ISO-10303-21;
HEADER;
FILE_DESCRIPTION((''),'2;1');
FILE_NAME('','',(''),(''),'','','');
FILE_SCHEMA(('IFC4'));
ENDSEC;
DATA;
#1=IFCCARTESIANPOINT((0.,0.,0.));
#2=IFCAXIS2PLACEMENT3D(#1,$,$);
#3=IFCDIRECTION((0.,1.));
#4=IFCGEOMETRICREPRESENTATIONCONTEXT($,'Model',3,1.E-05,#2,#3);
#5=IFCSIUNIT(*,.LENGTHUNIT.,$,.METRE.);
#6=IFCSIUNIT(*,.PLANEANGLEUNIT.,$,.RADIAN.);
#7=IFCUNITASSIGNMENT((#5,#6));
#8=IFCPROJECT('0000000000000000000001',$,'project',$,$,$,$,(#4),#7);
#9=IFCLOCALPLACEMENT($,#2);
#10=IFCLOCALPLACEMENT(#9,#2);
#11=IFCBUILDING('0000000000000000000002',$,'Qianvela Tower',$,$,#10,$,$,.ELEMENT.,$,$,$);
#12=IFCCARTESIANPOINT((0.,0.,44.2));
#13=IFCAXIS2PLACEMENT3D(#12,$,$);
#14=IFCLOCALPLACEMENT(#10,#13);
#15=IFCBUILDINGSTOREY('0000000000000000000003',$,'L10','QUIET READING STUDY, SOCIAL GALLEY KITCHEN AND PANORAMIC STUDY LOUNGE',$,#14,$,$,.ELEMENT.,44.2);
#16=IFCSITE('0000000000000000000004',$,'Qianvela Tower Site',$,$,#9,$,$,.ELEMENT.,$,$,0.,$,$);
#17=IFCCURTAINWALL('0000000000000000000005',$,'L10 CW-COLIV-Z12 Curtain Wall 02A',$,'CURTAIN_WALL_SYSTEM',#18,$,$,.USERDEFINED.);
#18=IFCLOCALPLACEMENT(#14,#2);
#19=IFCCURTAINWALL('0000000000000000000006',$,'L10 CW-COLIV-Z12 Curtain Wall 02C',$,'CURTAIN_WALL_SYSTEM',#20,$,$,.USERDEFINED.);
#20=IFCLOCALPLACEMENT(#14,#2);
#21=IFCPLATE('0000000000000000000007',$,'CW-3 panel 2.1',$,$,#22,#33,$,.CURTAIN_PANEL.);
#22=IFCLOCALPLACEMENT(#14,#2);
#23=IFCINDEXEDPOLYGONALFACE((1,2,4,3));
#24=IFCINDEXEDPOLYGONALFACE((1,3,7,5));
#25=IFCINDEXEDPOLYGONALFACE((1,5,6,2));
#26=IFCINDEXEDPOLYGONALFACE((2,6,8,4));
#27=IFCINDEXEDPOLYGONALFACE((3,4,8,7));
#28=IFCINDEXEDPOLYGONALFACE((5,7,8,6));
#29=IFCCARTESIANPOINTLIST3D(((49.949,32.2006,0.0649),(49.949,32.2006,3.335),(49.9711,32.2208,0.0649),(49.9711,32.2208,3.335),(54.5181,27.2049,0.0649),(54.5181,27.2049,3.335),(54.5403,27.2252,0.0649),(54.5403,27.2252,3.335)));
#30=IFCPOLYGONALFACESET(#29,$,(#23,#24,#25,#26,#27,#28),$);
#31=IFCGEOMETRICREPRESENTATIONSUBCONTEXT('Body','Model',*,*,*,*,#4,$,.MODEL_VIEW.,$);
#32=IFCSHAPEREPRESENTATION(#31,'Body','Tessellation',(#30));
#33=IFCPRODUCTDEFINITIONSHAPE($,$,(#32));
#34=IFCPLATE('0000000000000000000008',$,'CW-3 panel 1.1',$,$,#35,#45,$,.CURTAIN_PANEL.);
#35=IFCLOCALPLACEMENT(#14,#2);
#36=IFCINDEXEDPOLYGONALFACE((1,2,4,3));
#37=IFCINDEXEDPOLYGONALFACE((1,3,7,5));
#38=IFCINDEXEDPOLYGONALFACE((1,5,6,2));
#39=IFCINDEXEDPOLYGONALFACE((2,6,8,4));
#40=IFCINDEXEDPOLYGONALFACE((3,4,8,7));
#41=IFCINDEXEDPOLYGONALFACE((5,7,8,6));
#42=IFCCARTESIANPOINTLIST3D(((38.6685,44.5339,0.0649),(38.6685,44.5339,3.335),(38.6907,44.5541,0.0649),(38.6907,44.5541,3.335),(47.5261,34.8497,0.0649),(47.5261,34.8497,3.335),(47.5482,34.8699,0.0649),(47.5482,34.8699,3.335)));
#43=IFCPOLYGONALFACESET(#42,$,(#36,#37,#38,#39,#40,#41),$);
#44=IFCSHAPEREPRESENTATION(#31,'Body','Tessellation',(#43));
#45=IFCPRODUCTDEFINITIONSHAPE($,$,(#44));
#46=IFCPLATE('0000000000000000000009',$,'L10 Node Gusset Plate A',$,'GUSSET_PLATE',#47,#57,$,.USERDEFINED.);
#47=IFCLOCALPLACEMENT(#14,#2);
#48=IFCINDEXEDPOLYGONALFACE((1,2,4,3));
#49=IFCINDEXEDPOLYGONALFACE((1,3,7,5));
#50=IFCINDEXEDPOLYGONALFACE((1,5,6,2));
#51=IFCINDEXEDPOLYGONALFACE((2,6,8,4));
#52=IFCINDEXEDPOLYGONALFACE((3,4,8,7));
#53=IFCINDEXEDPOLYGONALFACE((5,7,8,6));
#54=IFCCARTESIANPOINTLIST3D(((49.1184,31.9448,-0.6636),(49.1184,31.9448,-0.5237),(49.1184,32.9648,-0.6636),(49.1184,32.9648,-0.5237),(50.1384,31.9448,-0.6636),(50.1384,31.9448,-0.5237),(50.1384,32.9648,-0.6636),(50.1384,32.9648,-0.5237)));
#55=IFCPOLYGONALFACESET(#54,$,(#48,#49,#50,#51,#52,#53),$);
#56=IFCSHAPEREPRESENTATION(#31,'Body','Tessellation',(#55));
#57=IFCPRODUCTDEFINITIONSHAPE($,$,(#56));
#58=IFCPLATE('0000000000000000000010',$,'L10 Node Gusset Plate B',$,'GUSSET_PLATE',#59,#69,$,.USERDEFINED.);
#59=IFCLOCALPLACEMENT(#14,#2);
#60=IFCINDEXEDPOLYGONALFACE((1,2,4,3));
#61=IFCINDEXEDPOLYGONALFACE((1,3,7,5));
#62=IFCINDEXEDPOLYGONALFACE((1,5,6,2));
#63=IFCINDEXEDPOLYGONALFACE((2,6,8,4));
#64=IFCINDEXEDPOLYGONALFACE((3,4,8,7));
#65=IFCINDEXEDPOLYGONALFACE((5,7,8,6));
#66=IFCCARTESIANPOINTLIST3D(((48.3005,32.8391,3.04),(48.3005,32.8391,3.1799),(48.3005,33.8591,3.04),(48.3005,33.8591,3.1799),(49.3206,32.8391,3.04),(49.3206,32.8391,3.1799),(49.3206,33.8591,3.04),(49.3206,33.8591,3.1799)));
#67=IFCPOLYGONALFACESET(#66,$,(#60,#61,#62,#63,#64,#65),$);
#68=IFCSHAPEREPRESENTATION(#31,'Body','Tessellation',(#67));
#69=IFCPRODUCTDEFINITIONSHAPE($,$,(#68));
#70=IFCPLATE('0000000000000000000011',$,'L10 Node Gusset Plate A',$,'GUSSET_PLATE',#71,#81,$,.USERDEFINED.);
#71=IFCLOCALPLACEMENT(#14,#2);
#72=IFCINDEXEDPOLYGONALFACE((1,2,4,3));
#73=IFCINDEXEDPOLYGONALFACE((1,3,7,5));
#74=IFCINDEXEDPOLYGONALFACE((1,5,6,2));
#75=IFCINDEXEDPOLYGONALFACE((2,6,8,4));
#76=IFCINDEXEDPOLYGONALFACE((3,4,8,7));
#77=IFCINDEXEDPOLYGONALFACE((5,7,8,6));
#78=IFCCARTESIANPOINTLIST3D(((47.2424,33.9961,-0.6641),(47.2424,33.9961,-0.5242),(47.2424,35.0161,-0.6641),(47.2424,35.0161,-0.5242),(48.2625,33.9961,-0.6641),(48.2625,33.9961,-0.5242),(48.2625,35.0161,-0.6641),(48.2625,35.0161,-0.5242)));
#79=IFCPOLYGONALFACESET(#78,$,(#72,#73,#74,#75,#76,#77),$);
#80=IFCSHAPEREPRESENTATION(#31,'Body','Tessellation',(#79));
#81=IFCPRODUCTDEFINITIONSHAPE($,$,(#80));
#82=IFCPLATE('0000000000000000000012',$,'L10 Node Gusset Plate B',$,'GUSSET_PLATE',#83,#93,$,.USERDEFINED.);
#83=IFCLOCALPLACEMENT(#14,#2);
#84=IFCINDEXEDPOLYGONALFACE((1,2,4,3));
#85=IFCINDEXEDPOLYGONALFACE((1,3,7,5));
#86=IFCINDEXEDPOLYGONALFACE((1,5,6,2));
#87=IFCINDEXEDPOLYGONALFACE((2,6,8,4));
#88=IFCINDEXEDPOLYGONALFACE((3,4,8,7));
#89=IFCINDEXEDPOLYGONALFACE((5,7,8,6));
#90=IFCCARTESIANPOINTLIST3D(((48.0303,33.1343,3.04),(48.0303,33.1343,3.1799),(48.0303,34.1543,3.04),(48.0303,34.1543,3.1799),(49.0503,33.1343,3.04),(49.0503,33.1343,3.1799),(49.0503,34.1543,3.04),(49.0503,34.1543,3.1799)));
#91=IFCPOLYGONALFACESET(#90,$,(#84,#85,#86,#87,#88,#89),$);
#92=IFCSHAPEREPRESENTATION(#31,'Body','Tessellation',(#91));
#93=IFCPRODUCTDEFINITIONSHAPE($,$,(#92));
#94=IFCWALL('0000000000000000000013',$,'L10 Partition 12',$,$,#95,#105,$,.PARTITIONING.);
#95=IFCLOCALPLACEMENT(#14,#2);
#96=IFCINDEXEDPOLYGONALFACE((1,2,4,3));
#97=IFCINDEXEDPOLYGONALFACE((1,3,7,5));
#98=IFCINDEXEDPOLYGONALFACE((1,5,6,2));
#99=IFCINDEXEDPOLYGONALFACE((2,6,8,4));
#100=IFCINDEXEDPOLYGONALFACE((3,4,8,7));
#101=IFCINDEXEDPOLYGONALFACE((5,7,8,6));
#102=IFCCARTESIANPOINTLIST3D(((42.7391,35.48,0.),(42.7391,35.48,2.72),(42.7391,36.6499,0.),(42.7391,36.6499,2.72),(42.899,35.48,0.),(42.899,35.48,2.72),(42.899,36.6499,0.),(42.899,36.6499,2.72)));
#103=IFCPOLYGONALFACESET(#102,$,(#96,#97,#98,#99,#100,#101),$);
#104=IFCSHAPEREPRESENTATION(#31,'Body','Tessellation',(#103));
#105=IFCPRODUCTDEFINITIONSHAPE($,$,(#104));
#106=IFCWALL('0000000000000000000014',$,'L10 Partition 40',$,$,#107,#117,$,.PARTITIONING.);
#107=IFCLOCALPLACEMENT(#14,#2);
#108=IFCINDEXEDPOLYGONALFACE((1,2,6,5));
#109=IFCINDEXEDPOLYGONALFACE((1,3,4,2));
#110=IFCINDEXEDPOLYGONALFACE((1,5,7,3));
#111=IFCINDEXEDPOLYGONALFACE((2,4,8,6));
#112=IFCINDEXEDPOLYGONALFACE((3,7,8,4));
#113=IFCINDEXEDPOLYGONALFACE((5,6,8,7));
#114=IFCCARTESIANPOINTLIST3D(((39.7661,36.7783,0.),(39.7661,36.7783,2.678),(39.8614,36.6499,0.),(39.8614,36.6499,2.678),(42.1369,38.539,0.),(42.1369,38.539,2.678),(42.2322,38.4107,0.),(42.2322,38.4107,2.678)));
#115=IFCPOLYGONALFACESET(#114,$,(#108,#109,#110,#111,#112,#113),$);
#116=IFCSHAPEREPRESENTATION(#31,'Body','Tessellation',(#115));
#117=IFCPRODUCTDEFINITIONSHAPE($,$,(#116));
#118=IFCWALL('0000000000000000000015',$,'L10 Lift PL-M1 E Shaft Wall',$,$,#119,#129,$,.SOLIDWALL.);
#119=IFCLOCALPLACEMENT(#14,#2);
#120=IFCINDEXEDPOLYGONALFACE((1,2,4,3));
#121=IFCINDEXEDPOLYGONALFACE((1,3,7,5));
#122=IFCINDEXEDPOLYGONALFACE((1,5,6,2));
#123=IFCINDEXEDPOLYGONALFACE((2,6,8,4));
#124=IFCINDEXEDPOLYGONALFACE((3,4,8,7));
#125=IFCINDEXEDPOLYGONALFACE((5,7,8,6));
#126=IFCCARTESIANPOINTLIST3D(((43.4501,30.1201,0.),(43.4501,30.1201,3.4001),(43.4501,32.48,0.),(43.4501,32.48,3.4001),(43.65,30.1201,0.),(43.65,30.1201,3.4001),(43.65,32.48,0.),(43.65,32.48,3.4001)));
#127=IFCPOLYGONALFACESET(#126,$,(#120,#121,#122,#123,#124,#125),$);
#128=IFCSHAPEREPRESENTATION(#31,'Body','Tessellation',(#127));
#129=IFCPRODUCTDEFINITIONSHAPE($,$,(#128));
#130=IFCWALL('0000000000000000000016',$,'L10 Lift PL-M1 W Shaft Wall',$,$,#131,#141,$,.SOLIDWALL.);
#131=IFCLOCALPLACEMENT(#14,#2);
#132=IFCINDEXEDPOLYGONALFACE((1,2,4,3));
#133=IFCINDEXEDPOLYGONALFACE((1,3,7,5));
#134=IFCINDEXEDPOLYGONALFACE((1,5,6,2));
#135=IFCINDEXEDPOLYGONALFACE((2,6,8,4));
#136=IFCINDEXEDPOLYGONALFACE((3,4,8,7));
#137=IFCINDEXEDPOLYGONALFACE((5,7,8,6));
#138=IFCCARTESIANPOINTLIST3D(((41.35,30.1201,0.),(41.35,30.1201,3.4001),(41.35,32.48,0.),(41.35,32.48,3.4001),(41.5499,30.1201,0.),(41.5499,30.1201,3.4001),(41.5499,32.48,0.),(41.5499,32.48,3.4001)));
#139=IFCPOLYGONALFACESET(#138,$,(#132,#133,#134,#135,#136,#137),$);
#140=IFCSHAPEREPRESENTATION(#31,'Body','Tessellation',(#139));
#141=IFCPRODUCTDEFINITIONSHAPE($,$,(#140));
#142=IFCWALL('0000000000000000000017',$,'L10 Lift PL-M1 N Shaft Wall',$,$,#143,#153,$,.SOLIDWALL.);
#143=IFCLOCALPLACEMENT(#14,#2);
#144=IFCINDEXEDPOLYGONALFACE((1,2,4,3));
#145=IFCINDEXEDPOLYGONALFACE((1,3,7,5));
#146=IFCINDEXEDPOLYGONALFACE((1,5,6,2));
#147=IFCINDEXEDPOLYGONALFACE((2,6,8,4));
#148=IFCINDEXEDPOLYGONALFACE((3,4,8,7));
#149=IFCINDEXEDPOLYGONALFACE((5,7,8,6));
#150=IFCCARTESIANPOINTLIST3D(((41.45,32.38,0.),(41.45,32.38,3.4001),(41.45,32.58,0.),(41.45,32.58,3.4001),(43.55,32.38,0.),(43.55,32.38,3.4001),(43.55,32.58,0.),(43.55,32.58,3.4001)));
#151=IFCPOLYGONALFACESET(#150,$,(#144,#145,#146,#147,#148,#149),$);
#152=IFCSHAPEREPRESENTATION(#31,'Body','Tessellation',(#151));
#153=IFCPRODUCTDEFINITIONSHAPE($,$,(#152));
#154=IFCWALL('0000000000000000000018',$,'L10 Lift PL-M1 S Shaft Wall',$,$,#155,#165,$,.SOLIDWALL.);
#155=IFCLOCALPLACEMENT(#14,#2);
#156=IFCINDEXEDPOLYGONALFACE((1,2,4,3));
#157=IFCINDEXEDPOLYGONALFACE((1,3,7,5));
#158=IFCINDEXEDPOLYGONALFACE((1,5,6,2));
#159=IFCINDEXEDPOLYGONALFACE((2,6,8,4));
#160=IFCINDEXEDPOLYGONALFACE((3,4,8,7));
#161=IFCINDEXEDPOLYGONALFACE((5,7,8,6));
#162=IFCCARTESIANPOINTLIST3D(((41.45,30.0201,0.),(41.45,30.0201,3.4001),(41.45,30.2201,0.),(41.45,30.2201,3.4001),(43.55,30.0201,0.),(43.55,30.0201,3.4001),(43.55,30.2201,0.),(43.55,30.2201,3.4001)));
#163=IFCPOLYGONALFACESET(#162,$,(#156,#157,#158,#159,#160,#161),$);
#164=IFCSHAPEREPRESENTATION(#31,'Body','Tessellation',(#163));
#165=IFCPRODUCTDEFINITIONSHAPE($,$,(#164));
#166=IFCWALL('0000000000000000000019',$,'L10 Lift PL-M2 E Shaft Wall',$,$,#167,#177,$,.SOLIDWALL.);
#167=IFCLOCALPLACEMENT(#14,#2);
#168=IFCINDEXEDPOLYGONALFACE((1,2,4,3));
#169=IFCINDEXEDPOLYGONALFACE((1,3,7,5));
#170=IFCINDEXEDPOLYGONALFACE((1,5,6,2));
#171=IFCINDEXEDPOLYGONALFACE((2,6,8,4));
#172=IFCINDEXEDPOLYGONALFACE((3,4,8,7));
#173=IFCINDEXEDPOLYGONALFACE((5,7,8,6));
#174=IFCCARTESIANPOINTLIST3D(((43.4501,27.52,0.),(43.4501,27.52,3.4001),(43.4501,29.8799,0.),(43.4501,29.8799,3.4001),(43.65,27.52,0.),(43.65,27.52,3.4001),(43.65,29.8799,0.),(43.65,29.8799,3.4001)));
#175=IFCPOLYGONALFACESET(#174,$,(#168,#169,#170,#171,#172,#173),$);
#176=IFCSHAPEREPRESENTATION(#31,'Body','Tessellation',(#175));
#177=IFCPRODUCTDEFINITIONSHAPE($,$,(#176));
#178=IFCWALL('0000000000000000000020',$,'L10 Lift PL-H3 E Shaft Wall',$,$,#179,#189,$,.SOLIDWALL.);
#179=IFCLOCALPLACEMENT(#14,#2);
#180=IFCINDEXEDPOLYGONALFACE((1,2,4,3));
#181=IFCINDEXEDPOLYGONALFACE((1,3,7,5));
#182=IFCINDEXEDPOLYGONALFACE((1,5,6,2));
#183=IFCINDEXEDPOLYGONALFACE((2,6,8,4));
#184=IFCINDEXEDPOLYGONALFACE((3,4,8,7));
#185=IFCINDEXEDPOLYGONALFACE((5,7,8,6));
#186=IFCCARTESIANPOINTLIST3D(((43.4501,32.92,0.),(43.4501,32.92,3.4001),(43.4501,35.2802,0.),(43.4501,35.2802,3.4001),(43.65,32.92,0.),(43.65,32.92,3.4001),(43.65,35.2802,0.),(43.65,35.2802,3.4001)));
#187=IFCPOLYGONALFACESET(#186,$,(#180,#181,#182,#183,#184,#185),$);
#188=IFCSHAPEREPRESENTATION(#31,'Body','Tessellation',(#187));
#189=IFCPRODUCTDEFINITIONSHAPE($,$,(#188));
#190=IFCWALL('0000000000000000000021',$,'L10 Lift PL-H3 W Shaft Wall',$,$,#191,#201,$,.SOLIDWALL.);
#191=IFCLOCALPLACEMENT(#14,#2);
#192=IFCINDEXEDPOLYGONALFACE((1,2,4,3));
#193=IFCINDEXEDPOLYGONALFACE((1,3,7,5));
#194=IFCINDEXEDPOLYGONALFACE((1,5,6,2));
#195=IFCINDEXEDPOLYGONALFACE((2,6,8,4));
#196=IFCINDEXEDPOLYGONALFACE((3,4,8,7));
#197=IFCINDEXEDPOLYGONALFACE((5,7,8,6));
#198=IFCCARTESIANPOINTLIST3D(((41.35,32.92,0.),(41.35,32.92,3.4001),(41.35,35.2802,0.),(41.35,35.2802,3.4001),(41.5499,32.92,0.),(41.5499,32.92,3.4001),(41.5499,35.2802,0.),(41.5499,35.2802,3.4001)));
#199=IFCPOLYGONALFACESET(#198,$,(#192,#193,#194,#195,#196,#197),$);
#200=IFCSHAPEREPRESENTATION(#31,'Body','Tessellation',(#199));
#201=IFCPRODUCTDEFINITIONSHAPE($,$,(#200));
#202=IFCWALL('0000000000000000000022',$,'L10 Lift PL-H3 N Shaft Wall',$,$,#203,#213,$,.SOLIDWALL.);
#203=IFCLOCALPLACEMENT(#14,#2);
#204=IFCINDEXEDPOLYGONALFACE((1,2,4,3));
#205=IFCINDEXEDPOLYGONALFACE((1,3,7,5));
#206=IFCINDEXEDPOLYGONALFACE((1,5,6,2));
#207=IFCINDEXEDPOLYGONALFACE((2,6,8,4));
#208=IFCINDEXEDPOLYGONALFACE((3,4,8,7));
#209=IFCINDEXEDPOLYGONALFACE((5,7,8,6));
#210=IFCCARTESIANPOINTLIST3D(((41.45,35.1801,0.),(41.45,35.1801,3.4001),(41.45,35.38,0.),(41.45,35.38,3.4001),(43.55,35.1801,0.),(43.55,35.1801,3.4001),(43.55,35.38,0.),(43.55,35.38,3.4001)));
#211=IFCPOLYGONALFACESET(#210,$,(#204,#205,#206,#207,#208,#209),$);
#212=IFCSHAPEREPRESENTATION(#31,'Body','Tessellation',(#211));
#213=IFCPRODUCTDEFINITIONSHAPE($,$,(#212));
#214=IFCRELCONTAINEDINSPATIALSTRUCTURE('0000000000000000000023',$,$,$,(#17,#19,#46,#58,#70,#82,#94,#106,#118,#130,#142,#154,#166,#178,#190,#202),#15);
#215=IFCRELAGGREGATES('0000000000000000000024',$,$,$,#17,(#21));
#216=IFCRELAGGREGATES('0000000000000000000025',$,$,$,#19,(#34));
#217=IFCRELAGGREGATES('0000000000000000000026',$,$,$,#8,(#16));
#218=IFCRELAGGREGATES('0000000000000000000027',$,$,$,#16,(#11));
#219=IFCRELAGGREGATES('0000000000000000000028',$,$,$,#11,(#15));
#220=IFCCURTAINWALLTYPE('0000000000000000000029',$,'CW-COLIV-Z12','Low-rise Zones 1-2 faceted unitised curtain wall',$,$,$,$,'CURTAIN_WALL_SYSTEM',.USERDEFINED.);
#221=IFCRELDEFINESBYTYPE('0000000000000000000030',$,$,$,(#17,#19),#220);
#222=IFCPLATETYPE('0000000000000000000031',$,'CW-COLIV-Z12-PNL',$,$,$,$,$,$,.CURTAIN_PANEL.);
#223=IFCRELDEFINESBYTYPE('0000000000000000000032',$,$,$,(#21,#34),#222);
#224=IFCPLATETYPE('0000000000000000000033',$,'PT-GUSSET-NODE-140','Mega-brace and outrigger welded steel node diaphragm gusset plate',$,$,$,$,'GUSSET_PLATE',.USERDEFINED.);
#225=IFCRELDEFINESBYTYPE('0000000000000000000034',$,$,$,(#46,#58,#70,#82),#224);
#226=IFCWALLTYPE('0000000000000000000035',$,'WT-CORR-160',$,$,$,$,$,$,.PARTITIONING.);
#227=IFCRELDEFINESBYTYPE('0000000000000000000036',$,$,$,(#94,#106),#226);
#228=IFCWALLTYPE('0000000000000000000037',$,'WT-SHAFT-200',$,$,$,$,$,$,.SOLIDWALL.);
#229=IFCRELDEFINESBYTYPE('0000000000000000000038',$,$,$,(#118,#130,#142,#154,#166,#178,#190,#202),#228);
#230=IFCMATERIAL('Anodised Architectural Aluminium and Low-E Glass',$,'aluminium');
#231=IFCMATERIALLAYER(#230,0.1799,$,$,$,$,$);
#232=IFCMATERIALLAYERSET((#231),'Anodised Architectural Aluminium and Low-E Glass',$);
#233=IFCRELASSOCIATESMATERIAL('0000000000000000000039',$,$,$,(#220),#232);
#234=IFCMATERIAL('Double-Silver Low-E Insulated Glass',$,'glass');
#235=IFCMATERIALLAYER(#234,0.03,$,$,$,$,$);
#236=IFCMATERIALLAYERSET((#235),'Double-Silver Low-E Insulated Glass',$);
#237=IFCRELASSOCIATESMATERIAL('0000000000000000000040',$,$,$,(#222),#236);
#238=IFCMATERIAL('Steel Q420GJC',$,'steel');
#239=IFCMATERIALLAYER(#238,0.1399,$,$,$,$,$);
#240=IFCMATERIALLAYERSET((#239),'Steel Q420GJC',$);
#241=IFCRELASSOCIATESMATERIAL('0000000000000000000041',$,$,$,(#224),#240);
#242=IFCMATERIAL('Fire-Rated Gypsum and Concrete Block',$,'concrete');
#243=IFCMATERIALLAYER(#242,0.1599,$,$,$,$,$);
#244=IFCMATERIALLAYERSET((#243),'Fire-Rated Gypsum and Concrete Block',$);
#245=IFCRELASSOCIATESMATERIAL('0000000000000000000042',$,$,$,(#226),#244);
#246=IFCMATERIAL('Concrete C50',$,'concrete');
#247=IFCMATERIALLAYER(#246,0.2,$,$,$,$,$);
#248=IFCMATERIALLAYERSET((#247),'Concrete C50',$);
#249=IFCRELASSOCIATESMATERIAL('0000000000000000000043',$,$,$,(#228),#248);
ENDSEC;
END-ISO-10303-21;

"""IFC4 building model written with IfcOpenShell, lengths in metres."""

from ifc_helpers import new_model, si_unit, direction, frame, frame_2d, origin, origin_2d, place, context, subcontext, project, spatial, rectangle, extrude, material, layer, layer_set, type_object, element, aggregate, save


model = new_model("IFC4")

# Units and contexts
model_context = context("Model", 3, precision=1e-05, world=origin(), true_north=direction((0.0, 1.0)))
body_context = subcontext(model_context, "Body", "Model", "MODEL_VIEW")
ifc_project = project(units=[si_unit("LENGTHUNIT", "METRE"), si_unit("PLANEANGLEUNIT", "RADIAN")], contexts=[model_context])

# Site, building, storey
site_placement = place(None, origin())
site = spatial("IfcSite", under=ifc_project, at=site_placement, Name="Qianvela Tower Site", CompositionType="ELEMENT", RefElevation=0.0)
building_placement = place(site_placement, origin())
building = spatial("IfcBuilding", under=site, at=building_placement, Name="Qianvela Tower", CompositionType="ELEMENT")
storey_placement = place(building_placement, frame((0.0, 0.0, 44.2)))
storey = spatial("IfcBuildingStorey", under=building, at=storey_placement, Name="L10", Description="QUIET READING STUDY, SOCIAL GALLEY KITCHEN AND PANORAMIC STUDY LOUNGE", CompositionType="ELEMENT", Elevation=44.2)

# Curtain wall
ifc_material_1 = material(Name="Anodised Architectural Aluminium and Low-E Glass", Category="aluminium")
ifc_layer_1 = layer(ifc_material_1, 0.1799)
ifc_layer_set_1 = layer_set([ifc_layer_1], Name="Anodised Architectural Aluminium and Low-E Glass")
curtain_wall_type_1 = type_object("IfcCurtainWallType", Name="CW-COLIV-Z12", Description="Low-rise Zones 1-2 faceted unitised curtain wall", ElementType="CURTAIN_WALL_SYSTEM", PredefinedType="USERDEFINED", material=ifc_layer_set_1)
curtain_wall_1_placement = place(storey_placement, origin())
curtain_wall_1 = element("IfcCurtainWall", 1, at=curtain_wall_1_placement, inside=storey, type_object=curtain_wall_type_1, Name="L10 CW-COLIV-Z12 Curtain Wall 02A", ObjectType="CURTAIN_WALL_SYSTEM", PredefinedType="USERDEFINED")

# Curtain wall
curtain_wall_2_placement = place(storey_placement, origin())
curtain_wall_2 = element("IfcCurtainWall", 2, at=curtain_wall_2_placement, inside=storey, type_object=curtain_wall_type_1, Name="L10 CW-COLIV-Z12 Curtain Wall 02C", ObjectType="CURTAIN_WALL_SYSTEM", PredefinedType="USERDEFINED")

# Plates
ifc_material_2 = material(Name="Double-Silver Low-E Insulated Glass", Category="glass")
ifc_layer_2 = layer(ifc_material_2, 0.03)
ifc_layer_set_2 = layer_set([ifc_layer_2], Name="Double-Silver Low-E Insulated Glass")
plate_type_1 = type_object("IfcPlateType", Name="CW-COLIV-Z12-PNL", PredefinedType="CURTAIN_PANEL", material=ifc_layer_set_2)
plate_1_placement = place(storey_placement, frame((52.2446, 29.7129, 0.0649), z_axis=(0.0, 0.0, 1.0), x_axis=(-0.674907, 0.737903, 0.0)))
plate_1 = element("IfcPlate", 3, at=plate_1_placement, type_object=plate_type_1, Name="CW-3 panel 2.1", PredefinedType="CURTAIN_PANEL", context=body_context, shape_type="SweptSolid", body=[
    extrude(rectangle(XDim=6.77, YDim=0.03, at=origin_2d()), origin(), (0.0, 0.0, 1.0), 3.27),
])
aggregate(curtain_wall_1, [plate_1])
plate_2_placement = place(storey_placement, frame((43.1084, 39.7019, 0.0649), z_axis=(0.0, 0.0, 1.0), x_axis=(-0.67491, 0.7379, 0.0)))
plate_2 = element("IfcPlate", 4, at=plate_2_placement, type_object=plate_type_1, Name="CW-3 panel 1.1", PredefinedType="CURTAIN_PANEL", context=body_context, shape_type="SweptSolid", body=[
    extrude(rectangle(XDim=13.124, YDim=0.03, at=origin_2d()), origin(), (0.0, 0.0, 1.0), 3.27),
])
aggregate(curtain_wall_2, [plate_2])

# Plates
ifc_material_3 = material(Name="Steel Q420GJC", Category="steel")
ifc_layer_3 = layer(ifc_material_3, 0.1399)
ifc_layer_set_3 = layer_set([ifc_layer_3], Name="Steel Q420GJC")
plate_type_2 = type_object("IfcPlateType", Name="PT-GUSSET-NODE-140", Description="Mega-brace and outrigger welded steel node diaphragm gusset plate", ElementType="GUSSET_PLATE", PredefinedType="USERDEFINED", material=ifc_layer_set_3)
for number, where, z_axis, x_axis, name in (
    (5, (49.6284, 32.4548, -0.6636), (0.0, 0.0, 1.0), (1.0, 0.0, 0.0), "L10 Node Gusset Plate A"),
    (6, (48.8105, 33.3491, 3.04), (0.0, 0.0, 1.0), (1.0, 0.0, 0.0), "L10 Node Gusset Plate B"),
    (7, (47.7524, 34.5061, -0.6641), (0.0, 0.0, 1.0), (1.0, 0.0, 0.0), "L10 Node Gusset Plate A"),
    (8, (48.5403, 33.6443, 3.04), (0.0, 0.0, 1.0), (1.0, 0.0, 0.0), "L10 Node Gusset Plate B"),
):
    element("IfcPlate", number, at=place(storey_placement, frame(where, z_axis=z_axis, x_axis=x_axis)), inside=storey, type_object=plate_type_2, Name=name, ObjectType="GUSSET_PLATE", PredefinedType="USERDEFINED", context=body_context, shape_type="SweptSolid", body=[
        extrude(rectangle(XDim=1.02, YDim=1.02, at=origin_2d()), origin(), (0.0, 0.0, 1.0), 0.1399),
    ])

# Walls
ifc_material_4 = material(Name="Fire-Rated Gypsum and Concrete Block", Category="concrete")
ifc_layer_4 = layer(ifc_material_4, 0.1599)
ifc_layer_set_4 = layer_set([ifc_layer_4], Name="Fire-Rated Gypsum and Concrete Block")
wall_type_1 = type_object("IfcWallType", Name="WT-CORR-160", PredefinedType="PARTITIONING", material=ifc_layer_set_4)
wall_1_placement = place(storey_placement, frame((42.8191, 36.6499, 0.0), z_axis=(0.0, 0.0, 1.0), x_axis=(0.0, -1.0, 0.0)))
element("IfcWall", 9, at=wall_1_placement, inside=storey, type_object=wall_type_1, Name="L10 Partition 12", PredefinedType="PARTITIONING", context=body_context, shape_type="SweptSolid", body=[
    extrude(rectangle(XDim=1.1699, YDim=0.1599, at=frame_2d((0.585, 0.0))), origin(), (0.0, 0.0, 1.0), 2.72),
])
wall_2_placement = place(storey_placement, frame((42.1846, 38.4749, 0.0), z_axis=(0.0, 0.0, 1.0), x_axis=(-0.802818, -0.596224, 0.0)))
element("IfcWall", 10, at=wall_2_placement, inside=storey, type_object=wall_type_1, Name="L10 Partition 40", PredefinedType="PARTITIONING", context=body_context, shape_type="SweptSolid", body=[
    extrude(rectangle(XDim=2.9531, YDim=0.1599, at=frame_2d((1.4766, 0.0))), origin(), (0.0, 0.0, 1.0), 2.678),
])
ifc_material_5 = material(Name="Concrete C50", Category="concrete")
ifc_layer_5 = layer(ifc_material_5, 0.2)
ifc_layer_set_5 = layer_set([ifc_layer_5], Name="Concrete C50")
wall_type_2 = type_object("IfcWallType", Name="WT-SHAFT-200", PredefinedType="SOLIDWALL", material=ifc_layer_set_5)
for number, where, z_axis, x_axis, name in (
    (11, (43.55, 30.1201, 0.0), (0.0, 0.0, 1.0), (0.0, 1.0, 0.0), "L10 Lift PL-M1 E Shaft Wall"),
    (12, (41.45, 30.1201, 0.0), (0.0, 0.0, 1.0), (0.0, 1.0, 0.0), "L10 Lift PL-M1 W Shaft Wall"),
):
    element("IfcWall", number, at=place(storey_placement, frame(where, z_axis=z_axis, x_axis=x_axis)), inside=storey, type_object=wall_type_2, Name=name, PredefinedType="SOLIDWALL", context=body_context, shape_type="SweptSolid", body=[
        extrude(rectangle(XDim=2.3599, YDim=0.2, at=frame_2d((1.1799, 0.0))), origin(), (0.0, 0.0, 1.0), 3.4001),
    ])
for number, where, z_axis, x_axis, name in (
    (13, (41.45, 32.48, 0.0), (0.0, 0.0, 1.0), (1.0, 0.0, 0.0), "L10 Lift PL-M1 N Shaft Wall"),
    (14, (41.45, 30.1201, 0.0), (0.0, 0.0, 1.0), (1.0, 0.0, 0.0), "L10 Lift PL-M1 S Shaft Wall"),
):
    element("IfcWall", number, at=place(storey_placement, frame(where, z_axis=z_axis, x_axis=x_axis)), inside=storey, type_object=wall_type_2, Name=name, PredefinedType="SOLIDWALL", context=body_context, shape_type="SweptSolid", body=[
        extrude(rectangle(XDim=2.1001, YDim=0.2, at=frame_2d((1.05, 0.0))), origin(), (0.0, 0.0, 1.0), 3.4001),
    ])
wall_3_placement = place(storey_placement, frame((43.55, 27.52, 0.0), z_axis=(0.0, 0.0, 1.0), x_axis=(0.0, 1.0, 0.0)))
element("IfcWall", 15, at=wall_3_placement, inside=storey, type_object=wall_type_2, Name="L10 Lift PL-M2 E Shaft Wall", PredefinedType="SOLIDWALL", context=body_context, shape_type="SweptSolid", body=[
    extrude(rectangle(XDim=2.3599, YDim=0.2, at=frame_2d((1.1799, 0.0))), origin(), (0.0, 0.0, 1.0), 3.4001),
])
for number, where, z_axis, x_axis, name in (
    (16, (43.55, 32.9199, 0.0), (0.0, 0.0, 1.0), (0.0, 1.0, 0.0), "L10 Lift PL-H3 E Shaft Wall"),
    (17, (41.45, 32.9199, 0.0), (0.0, 0.0, 1.0), (0.0, 1.0, 0.0), "L10 Lift PL-H3 W Shaft Wall"),
):
    element("IfcWall", number, at=place(storey_placement, frame(where, z_axis=z_axis, x_axis=x_axis)), inside=storey, type_object=wall_type_2, Name=name, PredefinedType="SOLIDWALL", context=body_context, shape_type="SweptSolid", body=[
        extrude(rectangle(XDim=2.3601, YDim=0.2, at=frame_2d((1.1802, 0.0))), origin(), (0.0, 0.0, 1.0), 3.4001),
    ])
for number, where, z_axis, x_axis, name in (
    (18, (41.45, 35.28, 0.0), (0.0, 0.0, 1.0), (1.0, 0.0, 0.0), "L10 Lift PL-H3 N Shaft Wall"),
):
    element("IfcWall", number, at=place(storey_placement, frame(where, z_axis=z_axis, x_axis=x_axis)), inside=storey, type_object=wall_type_2, Name=name, PredefinedType="SOLIDWALL", context=body_context, shape_type="SweptSolid", body=[
        extrude(rectangle(XDim=2.1001, YDim=0.2, at=frame_2d((1.05, 0.0))), origin(), (0.0, 0.0, 1.0), 3.4001),
    ])

save(model, "model.ifc")
